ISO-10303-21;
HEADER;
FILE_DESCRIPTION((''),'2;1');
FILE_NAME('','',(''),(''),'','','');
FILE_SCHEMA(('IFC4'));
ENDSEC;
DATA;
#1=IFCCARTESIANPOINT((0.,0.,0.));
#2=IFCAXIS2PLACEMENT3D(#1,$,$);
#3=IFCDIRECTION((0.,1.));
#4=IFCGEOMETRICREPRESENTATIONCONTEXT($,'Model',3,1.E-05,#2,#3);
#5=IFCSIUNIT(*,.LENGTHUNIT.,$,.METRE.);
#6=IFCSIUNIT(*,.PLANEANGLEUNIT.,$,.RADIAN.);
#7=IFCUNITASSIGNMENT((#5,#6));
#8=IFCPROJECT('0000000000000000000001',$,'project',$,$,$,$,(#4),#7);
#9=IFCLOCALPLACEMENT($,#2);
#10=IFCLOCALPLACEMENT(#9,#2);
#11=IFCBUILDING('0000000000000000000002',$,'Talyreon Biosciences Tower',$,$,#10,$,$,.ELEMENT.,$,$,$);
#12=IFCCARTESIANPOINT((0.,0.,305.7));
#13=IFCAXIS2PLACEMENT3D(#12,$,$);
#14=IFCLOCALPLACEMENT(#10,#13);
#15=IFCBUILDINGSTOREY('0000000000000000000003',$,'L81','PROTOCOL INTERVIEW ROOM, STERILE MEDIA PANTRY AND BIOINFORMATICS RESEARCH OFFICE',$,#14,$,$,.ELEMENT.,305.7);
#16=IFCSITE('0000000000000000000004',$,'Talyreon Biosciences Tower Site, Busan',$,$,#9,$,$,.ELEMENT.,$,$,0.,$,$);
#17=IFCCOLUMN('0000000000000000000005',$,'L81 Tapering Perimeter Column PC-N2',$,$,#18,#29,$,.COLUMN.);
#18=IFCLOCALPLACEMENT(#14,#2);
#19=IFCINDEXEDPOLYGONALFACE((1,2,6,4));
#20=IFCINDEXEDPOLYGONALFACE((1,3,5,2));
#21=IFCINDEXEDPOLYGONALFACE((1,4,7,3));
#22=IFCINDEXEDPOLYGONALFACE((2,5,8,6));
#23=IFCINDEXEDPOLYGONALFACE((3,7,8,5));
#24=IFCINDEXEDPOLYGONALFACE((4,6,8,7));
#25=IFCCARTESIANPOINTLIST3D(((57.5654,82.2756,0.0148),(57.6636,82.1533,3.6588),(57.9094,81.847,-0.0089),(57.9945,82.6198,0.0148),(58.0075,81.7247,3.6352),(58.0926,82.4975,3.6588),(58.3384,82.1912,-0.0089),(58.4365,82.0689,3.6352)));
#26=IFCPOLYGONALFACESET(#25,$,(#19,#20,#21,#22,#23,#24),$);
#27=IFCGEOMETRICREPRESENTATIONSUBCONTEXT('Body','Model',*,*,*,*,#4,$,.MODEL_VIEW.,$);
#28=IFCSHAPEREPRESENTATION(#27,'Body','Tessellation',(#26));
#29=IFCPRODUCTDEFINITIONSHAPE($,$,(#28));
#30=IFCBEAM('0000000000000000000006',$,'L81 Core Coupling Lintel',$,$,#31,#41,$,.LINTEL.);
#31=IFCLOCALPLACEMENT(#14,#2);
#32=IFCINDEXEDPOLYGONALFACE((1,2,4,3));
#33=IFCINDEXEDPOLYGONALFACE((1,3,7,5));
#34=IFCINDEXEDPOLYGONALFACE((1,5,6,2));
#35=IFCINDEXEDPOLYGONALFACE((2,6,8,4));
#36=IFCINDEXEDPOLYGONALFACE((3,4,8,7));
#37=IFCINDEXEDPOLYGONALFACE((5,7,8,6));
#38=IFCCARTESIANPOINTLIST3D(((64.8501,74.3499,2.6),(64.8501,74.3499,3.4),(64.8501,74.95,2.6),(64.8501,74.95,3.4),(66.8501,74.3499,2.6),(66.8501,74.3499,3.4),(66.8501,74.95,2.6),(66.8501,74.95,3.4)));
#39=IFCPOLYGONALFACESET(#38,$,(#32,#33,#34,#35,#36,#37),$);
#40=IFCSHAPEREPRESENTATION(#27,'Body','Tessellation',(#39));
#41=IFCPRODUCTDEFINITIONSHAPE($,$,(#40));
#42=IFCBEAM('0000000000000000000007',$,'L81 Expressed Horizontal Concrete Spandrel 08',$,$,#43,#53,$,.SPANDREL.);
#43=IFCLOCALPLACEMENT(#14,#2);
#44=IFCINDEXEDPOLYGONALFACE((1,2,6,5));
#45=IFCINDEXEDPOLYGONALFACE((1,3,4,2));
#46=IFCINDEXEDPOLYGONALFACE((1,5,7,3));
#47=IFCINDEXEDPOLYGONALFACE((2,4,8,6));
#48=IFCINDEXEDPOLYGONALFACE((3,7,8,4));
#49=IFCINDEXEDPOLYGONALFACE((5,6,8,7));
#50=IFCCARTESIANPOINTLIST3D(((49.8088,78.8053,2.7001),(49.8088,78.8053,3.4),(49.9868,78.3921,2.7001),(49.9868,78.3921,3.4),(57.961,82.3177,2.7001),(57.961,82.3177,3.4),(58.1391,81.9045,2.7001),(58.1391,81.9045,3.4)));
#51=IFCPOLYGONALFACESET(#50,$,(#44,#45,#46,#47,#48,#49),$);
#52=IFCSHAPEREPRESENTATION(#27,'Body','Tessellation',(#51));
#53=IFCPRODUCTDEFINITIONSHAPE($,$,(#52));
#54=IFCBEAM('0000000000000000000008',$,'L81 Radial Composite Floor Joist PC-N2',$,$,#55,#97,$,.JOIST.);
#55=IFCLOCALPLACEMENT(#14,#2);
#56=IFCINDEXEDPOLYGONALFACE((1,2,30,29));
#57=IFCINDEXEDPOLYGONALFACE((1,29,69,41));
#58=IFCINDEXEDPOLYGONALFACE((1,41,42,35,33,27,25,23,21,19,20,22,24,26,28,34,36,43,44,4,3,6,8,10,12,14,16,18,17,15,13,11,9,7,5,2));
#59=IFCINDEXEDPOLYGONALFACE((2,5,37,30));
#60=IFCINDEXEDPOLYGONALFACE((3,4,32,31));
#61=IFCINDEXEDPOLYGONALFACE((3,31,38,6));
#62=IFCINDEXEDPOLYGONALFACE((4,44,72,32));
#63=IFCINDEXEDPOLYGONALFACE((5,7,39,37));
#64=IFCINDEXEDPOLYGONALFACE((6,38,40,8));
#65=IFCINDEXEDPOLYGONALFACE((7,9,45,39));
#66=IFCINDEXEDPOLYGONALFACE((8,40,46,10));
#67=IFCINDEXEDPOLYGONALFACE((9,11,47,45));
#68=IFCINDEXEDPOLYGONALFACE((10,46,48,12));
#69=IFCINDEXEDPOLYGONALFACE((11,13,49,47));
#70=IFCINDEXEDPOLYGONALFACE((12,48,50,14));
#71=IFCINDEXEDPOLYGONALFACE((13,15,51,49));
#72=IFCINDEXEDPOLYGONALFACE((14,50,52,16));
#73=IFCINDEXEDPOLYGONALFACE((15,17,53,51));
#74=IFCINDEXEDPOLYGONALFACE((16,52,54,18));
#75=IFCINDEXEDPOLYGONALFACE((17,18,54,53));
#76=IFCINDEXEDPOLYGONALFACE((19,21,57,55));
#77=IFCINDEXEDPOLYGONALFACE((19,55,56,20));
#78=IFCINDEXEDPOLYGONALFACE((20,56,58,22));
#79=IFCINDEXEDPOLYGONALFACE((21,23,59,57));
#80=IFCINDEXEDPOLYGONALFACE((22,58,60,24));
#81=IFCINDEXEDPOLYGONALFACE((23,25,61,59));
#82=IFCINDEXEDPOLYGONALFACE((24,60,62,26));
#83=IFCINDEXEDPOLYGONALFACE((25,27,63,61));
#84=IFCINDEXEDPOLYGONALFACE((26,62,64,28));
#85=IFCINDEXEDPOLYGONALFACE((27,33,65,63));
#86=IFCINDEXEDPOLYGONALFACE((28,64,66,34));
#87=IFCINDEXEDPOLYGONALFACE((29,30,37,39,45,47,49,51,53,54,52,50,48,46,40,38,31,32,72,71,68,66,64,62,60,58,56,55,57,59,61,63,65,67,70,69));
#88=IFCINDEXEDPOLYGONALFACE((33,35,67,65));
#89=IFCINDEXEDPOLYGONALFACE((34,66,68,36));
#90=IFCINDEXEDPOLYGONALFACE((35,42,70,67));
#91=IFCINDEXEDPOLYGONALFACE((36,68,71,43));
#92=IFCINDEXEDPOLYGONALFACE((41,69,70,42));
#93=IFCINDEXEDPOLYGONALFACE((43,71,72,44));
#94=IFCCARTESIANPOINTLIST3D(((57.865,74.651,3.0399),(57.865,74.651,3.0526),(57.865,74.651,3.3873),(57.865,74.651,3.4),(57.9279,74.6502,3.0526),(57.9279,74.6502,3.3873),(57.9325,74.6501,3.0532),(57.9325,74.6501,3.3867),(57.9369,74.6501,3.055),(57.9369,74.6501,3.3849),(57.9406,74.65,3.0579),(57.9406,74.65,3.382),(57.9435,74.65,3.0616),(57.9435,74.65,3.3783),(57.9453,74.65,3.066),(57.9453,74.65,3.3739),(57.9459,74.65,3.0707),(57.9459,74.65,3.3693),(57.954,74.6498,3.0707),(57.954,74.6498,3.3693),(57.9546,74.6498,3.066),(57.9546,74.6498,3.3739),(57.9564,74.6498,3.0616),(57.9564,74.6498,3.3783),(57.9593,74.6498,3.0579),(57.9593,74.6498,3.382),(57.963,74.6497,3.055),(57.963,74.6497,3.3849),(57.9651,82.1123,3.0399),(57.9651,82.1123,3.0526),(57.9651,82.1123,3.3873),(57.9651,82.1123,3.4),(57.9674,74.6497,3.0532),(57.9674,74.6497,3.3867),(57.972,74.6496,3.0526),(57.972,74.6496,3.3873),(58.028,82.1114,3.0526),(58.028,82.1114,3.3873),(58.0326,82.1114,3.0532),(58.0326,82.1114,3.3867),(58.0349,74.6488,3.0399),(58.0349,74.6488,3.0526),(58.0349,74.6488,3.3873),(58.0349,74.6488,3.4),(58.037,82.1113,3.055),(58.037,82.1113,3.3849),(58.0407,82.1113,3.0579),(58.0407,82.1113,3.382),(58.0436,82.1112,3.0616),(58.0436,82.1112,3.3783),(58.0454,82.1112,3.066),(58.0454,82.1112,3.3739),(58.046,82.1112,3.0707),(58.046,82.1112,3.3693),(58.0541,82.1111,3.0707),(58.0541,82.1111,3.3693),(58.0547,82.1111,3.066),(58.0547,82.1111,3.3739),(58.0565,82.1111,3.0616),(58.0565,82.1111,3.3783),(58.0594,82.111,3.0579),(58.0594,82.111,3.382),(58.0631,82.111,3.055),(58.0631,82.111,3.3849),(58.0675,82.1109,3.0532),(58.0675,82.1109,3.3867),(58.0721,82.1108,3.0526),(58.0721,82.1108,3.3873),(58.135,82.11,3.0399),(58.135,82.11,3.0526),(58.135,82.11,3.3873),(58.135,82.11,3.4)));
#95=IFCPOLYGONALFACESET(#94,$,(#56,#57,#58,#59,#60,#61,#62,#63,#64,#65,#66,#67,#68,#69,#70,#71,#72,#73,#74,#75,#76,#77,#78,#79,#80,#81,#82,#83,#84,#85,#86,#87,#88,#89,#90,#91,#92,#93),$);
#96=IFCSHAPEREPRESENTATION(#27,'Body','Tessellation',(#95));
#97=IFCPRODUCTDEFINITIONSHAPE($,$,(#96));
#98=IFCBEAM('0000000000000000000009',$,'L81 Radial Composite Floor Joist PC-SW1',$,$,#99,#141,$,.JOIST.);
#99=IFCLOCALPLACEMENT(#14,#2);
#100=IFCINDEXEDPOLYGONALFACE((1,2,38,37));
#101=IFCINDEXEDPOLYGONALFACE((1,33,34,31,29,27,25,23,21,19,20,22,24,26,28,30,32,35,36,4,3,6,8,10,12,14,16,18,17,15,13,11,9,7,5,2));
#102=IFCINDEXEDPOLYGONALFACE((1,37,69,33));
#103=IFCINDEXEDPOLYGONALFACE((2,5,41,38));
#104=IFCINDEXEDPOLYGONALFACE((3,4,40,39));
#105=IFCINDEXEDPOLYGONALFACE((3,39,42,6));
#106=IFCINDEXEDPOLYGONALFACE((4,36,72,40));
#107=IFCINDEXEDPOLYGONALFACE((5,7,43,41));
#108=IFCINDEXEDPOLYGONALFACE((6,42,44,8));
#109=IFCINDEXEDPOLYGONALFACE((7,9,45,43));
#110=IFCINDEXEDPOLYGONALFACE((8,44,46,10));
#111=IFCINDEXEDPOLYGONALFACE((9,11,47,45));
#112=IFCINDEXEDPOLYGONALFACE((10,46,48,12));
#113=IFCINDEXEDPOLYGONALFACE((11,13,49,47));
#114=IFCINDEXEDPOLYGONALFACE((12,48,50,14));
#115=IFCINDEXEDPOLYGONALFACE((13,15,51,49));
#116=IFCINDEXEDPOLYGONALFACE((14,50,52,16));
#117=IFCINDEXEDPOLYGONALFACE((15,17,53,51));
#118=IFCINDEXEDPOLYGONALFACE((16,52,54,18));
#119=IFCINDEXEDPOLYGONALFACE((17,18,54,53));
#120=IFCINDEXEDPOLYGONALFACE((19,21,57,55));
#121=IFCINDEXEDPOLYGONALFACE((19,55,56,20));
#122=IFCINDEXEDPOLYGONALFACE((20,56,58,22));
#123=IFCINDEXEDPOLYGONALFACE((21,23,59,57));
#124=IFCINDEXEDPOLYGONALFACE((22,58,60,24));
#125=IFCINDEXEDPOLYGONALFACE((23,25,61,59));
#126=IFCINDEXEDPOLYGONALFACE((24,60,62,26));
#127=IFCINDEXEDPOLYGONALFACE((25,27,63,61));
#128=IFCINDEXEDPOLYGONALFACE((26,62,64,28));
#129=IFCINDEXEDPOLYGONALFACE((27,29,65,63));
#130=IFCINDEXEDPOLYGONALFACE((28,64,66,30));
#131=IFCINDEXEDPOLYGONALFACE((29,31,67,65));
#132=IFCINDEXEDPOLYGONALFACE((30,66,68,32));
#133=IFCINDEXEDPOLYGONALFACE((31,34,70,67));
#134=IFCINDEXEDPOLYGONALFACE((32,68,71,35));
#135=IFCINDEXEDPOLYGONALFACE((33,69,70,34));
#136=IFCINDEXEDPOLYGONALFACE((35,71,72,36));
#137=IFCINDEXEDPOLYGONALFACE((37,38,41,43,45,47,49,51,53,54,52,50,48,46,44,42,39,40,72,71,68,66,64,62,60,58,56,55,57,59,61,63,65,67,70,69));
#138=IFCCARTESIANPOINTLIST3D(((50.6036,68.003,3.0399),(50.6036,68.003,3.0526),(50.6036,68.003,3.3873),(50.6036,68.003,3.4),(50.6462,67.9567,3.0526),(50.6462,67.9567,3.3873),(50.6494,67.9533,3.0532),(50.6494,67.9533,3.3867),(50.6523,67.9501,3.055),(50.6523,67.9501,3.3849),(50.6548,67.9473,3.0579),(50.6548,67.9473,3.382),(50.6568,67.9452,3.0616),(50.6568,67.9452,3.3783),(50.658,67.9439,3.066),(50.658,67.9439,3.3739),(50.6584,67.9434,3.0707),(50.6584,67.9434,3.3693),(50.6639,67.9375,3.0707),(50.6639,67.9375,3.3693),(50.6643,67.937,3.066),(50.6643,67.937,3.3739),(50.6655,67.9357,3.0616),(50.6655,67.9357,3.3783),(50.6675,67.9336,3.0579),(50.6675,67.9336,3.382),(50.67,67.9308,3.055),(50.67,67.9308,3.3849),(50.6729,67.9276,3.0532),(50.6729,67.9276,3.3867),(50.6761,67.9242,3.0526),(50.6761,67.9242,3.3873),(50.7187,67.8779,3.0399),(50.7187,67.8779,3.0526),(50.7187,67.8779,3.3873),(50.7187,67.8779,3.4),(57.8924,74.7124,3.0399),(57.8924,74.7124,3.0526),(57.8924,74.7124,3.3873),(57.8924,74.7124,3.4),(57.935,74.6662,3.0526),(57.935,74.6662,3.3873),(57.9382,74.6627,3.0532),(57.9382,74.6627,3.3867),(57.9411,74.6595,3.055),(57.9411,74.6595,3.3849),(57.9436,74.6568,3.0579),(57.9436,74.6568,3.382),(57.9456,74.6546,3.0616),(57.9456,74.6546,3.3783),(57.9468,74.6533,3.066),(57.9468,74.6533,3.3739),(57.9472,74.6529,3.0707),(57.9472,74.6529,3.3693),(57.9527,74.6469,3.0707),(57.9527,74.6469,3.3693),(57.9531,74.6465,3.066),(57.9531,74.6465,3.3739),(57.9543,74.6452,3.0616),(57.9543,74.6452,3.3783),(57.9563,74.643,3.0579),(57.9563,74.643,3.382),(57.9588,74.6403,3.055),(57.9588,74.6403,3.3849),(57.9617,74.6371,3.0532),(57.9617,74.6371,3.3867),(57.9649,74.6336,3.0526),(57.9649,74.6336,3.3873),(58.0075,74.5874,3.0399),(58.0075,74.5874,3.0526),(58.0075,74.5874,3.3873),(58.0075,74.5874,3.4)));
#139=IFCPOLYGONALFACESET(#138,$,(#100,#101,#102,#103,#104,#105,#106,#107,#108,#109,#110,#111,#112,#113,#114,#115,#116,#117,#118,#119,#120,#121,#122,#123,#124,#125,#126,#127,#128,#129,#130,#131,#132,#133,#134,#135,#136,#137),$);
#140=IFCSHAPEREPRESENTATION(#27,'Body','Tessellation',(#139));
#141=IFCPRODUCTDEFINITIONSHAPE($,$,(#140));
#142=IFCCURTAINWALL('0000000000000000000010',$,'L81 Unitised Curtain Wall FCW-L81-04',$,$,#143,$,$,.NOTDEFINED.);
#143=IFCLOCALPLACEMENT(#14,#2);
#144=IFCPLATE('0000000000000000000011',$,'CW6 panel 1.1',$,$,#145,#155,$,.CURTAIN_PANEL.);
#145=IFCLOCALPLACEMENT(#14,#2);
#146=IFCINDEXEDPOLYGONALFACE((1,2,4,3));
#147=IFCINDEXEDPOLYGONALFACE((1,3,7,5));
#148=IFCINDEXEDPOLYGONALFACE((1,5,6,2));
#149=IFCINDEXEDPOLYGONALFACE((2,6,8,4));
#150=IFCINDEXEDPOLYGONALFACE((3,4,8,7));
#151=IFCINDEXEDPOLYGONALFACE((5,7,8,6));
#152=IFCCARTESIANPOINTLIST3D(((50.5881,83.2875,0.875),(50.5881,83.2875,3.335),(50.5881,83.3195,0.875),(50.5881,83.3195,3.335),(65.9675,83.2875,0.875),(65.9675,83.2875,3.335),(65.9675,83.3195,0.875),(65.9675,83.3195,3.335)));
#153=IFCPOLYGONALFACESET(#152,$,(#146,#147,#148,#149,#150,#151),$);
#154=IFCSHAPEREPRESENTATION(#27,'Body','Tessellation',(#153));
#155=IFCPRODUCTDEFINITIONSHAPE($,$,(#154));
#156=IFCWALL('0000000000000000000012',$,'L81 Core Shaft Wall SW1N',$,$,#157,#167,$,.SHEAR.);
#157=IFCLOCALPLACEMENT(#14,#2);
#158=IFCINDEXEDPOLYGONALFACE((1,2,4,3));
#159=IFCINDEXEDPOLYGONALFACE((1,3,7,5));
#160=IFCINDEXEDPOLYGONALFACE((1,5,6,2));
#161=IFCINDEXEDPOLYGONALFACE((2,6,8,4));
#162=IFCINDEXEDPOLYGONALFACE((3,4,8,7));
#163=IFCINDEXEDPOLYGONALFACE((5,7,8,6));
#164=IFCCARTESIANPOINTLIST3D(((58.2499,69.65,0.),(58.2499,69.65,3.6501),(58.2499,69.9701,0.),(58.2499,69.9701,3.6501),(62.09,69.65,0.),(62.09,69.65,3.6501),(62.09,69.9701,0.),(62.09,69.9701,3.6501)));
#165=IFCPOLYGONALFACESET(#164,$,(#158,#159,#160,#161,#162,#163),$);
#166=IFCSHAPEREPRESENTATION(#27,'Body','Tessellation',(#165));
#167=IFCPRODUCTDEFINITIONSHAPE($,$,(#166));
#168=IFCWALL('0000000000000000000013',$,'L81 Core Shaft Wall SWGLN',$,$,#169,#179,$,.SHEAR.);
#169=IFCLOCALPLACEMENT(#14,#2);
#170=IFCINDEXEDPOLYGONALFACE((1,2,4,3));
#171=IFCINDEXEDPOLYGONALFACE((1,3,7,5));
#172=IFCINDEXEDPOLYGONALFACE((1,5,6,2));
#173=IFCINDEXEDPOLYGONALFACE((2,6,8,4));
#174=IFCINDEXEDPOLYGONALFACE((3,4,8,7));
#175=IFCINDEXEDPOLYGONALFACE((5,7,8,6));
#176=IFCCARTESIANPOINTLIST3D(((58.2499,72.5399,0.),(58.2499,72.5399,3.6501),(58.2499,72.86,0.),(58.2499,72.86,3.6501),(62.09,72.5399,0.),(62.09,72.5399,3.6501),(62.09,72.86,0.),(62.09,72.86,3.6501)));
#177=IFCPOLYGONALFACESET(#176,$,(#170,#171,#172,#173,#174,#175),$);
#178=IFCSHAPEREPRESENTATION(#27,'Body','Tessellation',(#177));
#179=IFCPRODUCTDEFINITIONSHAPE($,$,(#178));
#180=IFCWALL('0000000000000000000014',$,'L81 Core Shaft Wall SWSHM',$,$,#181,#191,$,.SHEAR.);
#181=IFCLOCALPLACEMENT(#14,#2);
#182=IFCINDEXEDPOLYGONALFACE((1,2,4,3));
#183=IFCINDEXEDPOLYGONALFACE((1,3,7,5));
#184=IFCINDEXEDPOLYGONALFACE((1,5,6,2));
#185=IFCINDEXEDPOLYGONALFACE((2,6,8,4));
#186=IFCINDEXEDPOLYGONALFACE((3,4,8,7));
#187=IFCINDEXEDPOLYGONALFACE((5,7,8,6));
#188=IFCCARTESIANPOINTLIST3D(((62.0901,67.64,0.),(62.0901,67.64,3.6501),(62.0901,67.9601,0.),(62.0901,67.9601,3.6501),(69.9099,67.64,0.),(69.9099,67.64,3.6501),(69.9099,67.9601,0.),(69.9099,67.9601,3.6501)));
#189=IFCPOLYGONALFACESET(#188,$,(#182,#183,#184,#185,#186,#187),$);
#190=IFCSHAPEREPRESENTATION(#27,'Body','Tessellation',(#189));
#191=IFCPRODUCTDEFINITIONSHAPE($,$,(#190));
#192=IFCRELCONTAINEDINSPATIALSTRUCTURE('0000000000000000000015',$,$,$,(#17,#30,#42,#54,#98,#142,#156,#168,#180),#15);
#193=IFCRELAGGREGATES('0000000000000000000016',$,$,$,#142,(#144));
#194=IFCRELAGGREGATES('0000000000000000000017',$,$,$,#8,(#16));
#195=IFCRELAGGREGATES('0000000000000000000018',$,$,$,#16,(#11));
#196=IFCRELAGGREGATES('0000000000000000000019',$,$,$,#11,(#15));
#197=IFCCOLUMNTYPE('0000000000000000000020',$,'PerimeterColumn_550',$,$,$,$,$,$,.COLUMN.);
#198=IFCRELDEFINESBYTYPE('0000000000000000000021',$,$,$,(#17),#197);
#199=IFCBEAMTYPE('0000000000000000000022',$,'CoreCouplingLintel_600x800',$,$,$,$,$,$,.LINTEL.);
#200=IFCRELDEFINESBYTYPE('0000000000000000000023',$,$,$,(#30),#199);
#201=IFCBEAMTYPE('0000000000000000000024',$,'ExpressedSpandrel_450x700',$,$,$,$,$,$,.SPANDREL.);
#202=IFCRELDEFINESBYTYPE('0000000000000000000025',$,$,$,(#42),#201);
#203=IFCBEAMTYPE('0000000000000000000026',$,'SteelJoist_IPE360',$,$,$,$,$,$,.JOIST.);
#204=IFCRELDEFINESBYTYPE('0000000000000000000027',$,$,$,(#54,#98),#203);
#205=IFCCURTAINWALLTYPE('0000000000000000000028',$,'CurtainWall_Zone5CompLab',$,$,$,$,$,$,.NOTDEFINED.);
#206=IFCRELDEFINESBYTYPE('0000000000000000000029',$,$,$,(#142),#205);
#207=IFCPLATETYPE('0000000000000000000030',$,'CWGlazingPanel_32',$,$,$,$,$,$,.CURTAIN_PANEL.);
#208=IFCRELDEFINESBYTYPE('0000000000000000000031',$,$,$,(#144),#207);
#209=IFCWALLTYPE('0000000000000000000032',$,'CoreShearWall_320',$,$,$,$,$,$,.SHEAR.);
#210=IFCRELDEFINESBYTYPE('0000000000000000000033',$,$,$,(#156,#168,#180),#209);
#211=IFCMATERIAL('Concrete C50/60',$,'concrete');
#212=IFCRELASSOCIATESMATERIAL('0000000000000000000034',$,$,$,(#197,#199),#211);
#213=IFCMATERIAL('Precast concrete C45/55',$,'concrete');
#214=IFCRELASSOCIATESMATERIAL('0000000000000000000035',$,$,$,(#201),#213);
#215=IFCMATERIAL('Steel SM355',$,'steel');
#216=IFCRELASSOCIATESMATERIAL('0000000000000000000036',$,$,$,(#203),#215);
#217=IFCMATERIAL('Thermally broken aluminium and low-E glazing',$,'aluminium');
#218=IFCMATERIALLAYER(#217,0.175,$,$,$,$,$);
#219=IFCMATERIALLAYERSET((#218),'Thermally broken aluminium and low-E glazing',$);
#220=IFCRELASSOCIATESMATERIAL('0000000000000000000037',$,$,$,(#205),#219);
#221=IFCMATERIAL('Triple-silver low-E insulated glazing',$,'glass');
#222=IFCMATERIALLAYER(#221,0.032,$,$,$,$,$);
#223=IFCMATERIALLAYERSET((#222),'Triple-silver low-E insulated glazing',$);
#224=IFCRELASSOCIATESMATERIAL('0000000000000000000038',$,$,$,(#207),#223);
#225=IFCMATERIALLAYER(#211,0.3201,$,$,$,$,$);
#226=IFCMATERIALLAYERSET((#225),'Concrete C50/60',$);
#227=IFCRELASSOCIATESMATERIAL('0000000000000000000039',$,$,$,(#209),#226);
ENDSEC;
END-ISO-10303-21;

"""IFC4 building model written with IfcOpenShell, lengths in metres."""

from ifc_helpers import new_model, si_unit, direction, frame, frame_2d, origin, origin_2d, place, context, subcontext, project, spatial, rectangle, i_section, extrude, material, layer, layer_set, material_profile, profile_set, type_object, element, aggregate, save


model = new_model("IFC4")

# Units and contexts
model_context = context("Model", 3, precision=1e-05, world=origin(), true_north=direction((0.0, 1.0)))
body_context = subcontext(model_context, "Body", "Model", "MODEL_VIEW")
ifc_project = project(units=[si_unit("LENGTHUNIT", "METRE"), si_unit("PLANEANGLEUNIT", "RADIAN")], contexts=[model_context])

# Site, building, storey
site_placement = place(None, origin())
site = spatial("IfcSite", under=ifc_project, at=site_placement, Name="Talyreon Biosciences Tower Site, Busan", CompositionType="ELEMENT", RefElevation=0.0)
building_placement = place(site_placement, origin())
building = spatial("IfcBuilding", under=site, at=building_placement, Name="Talyreon Biosciences Tower", CompositionType="ELEMENT")
storey_placement = place(building_placement, frame((0.0, 0.0, 305.7)))
storey = spatial("IfcBuildingStorey", under=building, at=storey_placement, Name="L81", Description="PROTOCOL INTERVIEW ROOM, STERILE MEDIA PANTRY AND BIOINFORMATICS RESEARCH OFFICE", CompositionType="ELEMENT", Elevation=305.7)

# Column
ifc_material_1 = material(Name="Concrete C50/60", Category="concrete")
ifc_material_profile_1 = material_profile(ifc_material_1, rectangle(XDim=0.55, YDim=0.55, at=origin_2d()), Name="RC 550x550")
ifc_profile_set_1 = profile_set([ifc_material_profile_1], Name="Concrete C50/60")
column_type = type_object("IfcColumnType", Name="PerimeterColumn_550", PredefinedType="COLUMN", material=ifc_profile_set_1)
column_placement = place(storey_placement, frame((57.9519, 82.2334, 0.0029), z_axis=(0.026908, -0.033535, 0.999075), x_axis=(-0.779957, -0.625834, 0.0)))
element("IfcColumn", 1, at=column_placement, inside=storey, type_object=column_type, Name="L81 Tapering Perimeter Column PC-N2", PredefinedType="COLUMN", context=body_context, shape_type="SweptSolid", body=[
    extrude(rectangle(XDim=0.55, YDim=0.55, at=origin_2d()), origin(), (0.0, 0.0, 1.0), 3.6475),
])

# Beams
ifc_material_profile_2 = material_profile(ifc_material_1, rectangle(XDim=0.6001, YDim=0.8, at=origin_2d()), Name="RCB 600x800")
ifc_profile_set_2 = profile_set([ifc_material_profile_2], Name="Concrete C50/60")
beam_type_1 = type_object("IfcBeamType", Name="CoreCouplingLintel_600x800", PredefinedType="LINTEL", material=ifc_profile_set_2)
beam_1_placement = place(storey_placement, frame((64.8501, 74.6499, 3.0), z_axis=(1.0, 0.0, 0.0), x_axis=(0.0, 1.0, 0.0)))
element("IfcBeam", 2, at=beam_1_placement, inside=storey, type_object=beam_type_1, Name="L81 Core Coupling Lintel", PredefinedType="LINTEL", context=body_context, shape_type="SweptSolid", body=[
    extrude(rectangle(XDim=0.6001, YDim=0.8, at=origin_2d()), origin(), (0.0, 0.0, 1.0), 2.0),
])
ifc_material_2 = material(Name="Precast concrete C45/55", Category="concrete")
ifc_material_profile_3 = material_profile(ifc_material_2, rectangle(XDim=0.45, YDim=0.7, at=origin_2d()), Name="RCB 450x700")
ifc_profile_set_3 = profile_set([ifc_material_profile_3], Name="Precast concrete C45/55")
beam_type_2 = type_object("IfcBeamType", Name="ExpressedSpandrel_450x700", PredefinedType="SPANDREL", material=ifc_profile_set_3)
beam_2_placement = place(storey_placement, frame((58.05, 82.1111, 3.05), z_axis=(-0.918385, -0.395688, 0.0), x_axis=(0.395688, -0.918385, 0.0)))
element("IfcBeam", 3, at=beam_2_placement, inside=storey, type_object=beam_type_2, Name="L81 Expressed Horizontal Concrete Spandrel 08", PredefinedType="SPANDREL", context=body_context, shape_type="SweptSolid", body=[
    extrude(rectangle(XDim=0.45, YDim=0.7, at=origin_2d()), origin(), (0.0, 0.0, 1.0), 8.8767),
])
ifc_material_3 = material(Name="Steel SM355", Category="steel")
ifc_material_profile_4 = material_profile(ifc_material_3, i_section(OverallWidth=0.1699, OverallDepth=0.3601, WebThickness=0.0081, FlangeThickness=0.0127, FilletRadius=0.0181, at=origin_2d()), Name="IPE360")
ifc_profile_set_4 = profile_set([ifc_material_profile_4], Name="Steel SM355")
beam_type_3 = type_object("IfcBeamType", Name="SteelJoist_IPE360", PredefinedType="JOIST", material=ifc_profile_set_4)
beam_3_placement = place(storey_placement, frame((57.95, 74.6499, 3.22), z_axis=(0.013415, 0.99991, 0.0), x_axis=(-0.99991, 0.013415, 0.0)))
element("IfcBeam", 4, at=beam_3_placement, inside=storey, type_object=beam_type_3, Name="L81 Radial Composite Floor Joist PC-N2", PredefinedType="JOIST", context=body_context, shape_type="SweptSolid", body=[
    extrude(i_section(OverallWidth=0.1699, OverallDepth=0.3601, WebThickness=0.0081, FlangeThickness=0.0127, FilletRadius=0.0181, at=origin_2d()), origin(), (0.0, 0.0, 1.0), 7.4619),
])
beam_4_placement = place(storey_placement, frame((57.95, 74.6499, 3.22), z_axis=(-0.735742, -0.677262, 0.0), x_axis=(0.677262, -0.735742, 0.0)))
element("IfcBeam", 5, at=beam_4_placement, inside=storey, type_object=beam_type_3, Name="L81 Radial Composite Floor Joist PC-SW1", PredefinedType="JOIST", context=body_context, shape_type="SweptSolid", body=[
    extrude(i_section(OverallWidth=0.1699, OverallDepth=0.3601, WebThickness=0.0081, FlangeThickness=0.0127, FilletRadius=0.0181, at=origin_2d()), origin(), (0.0, 0.0, 1.0), 9.9067),
])

# Curtain wall, plate
ifc_material_4 = material(Name="Thermally broken aluminium and low-E glazing", Category="aluminium")
ifc_layer_1 = layer(ifc_material_4, 0.175)
ifc_layer_set_1 = layer_set([ifc_layer_1], Name="Thermally broken aluminium and low-E glazing")
curtain_wall_type = type_object("IfcCurtainWallType", Name="CurtainWall_Zone5CompLab", PredefinedType="NOTDEFINED", material=ifc_layer_set_1)
curtain_wall_placement = place(storey_placement, origin())
curtain_wall = element("IfcCurtainWall", 6, at=curtain_wall_placement, inside=storey, type_object=curtain_wall_type, Name="L81 Unitised Curtain Wall FCW-L81-04", PredefinedType="NOTDEFINED")
ifc_material_5 = material(Name="Triple-silver low-E insulated glazing", Category="glass")
ifc_layer_2 = layer(ifc_material_5, 0.032)
ifc_layer_set_2 = layer_set([ifc_layer_2], Name="Triple-silver low-E insulated glazing")
plate_type = type_object("IfcPlateType", Name="CWGlazingPanel_32", PredefinedType="CURTAIN_PANEL", material=ifc_layer_set_2)
plate_placement = place(storey_placement, frame((58.2778, 83.3035, 0.875), z_axis=(0.0, 0.0, 1.0), x_axis=(1.0, 0.0, 0.0)))
plate = element("IfcPlate", 7, at=plate_placement, type_object=plate_type, Name="CW6 panel 1.1", PredefinedType="CURTAIN_PANEL", context=body_context, shape_type="SweptSolid", body=[
    extrude(rectangle(XDim=15.3794, YDim=0.032, at=origin_2d()), origin(), (0.0, 0.0, 1.0), 2.46),
])
aggregate(curtain_wall, [plate])

# Walls
ifc_layer_3 = layer(ifc_material_1, 0.3201)
ifc_layer_set_3 = layer_set([ifc_layer_3], Name="Concrete C50/60")
wall_type_1 = type_object("IfcWallType", Name="CoreShearWall_320", PredefinedType="SHEAR", material=ifc_layer_set_3)
for number, where, z_axis, x_axis, name in (
    (8, (58.25, 69.8101, 0.0), (0.0, 0.0, 1.0), (1.0, 0.0, 0.0), "L81 Core Shaft Wall SW1N"),
    (9, (58.25, 72.7, 0.0), (0.0, 0.0, 1.0), (1.0, 0.0, 0.0), "L81 Core Shaft Wall SWGLN"),
):
    element("IfcWall", number, at=place(storey_placement, frame(where, z_axis=z_axis, x_axis=x_axis)), inside=storey, type_object=wall_type_1, Name=name, PredefinedType="SHEAR", context=body_context, shape_type="SweptSolid", body=[
        extrude(rectangle(XDim=3.8401, YDim=0.3201, at=frame_2d((1.9199, 0.0))), origin(), (0.0, 0.0, 1.0), 3.6501),
    ])
wall_1_placement = place(storey_placement, frame((62.0901, 67.8, 0.0), z_axis=(0.0, 0.0, 1.0), x_axis=(1.0, 0.0, 0.0)))
element("IfcWall", 10, at=wall_1_placement, inside=storey, type_object=wall_type_1, Name="L81 Core Shaft Wall SWSHM", PredefinedType="SHEAR", context=body_context, shape_type="SweptSolid", body=[
    extrude(rectangle(XDim=7.8198, YDim=0.3201, at=frame_2d((3.9099, 0.0))), origin(), (0.0, 0.0, 1.0), 3.6501),
])

save(model, "model.ifc")
